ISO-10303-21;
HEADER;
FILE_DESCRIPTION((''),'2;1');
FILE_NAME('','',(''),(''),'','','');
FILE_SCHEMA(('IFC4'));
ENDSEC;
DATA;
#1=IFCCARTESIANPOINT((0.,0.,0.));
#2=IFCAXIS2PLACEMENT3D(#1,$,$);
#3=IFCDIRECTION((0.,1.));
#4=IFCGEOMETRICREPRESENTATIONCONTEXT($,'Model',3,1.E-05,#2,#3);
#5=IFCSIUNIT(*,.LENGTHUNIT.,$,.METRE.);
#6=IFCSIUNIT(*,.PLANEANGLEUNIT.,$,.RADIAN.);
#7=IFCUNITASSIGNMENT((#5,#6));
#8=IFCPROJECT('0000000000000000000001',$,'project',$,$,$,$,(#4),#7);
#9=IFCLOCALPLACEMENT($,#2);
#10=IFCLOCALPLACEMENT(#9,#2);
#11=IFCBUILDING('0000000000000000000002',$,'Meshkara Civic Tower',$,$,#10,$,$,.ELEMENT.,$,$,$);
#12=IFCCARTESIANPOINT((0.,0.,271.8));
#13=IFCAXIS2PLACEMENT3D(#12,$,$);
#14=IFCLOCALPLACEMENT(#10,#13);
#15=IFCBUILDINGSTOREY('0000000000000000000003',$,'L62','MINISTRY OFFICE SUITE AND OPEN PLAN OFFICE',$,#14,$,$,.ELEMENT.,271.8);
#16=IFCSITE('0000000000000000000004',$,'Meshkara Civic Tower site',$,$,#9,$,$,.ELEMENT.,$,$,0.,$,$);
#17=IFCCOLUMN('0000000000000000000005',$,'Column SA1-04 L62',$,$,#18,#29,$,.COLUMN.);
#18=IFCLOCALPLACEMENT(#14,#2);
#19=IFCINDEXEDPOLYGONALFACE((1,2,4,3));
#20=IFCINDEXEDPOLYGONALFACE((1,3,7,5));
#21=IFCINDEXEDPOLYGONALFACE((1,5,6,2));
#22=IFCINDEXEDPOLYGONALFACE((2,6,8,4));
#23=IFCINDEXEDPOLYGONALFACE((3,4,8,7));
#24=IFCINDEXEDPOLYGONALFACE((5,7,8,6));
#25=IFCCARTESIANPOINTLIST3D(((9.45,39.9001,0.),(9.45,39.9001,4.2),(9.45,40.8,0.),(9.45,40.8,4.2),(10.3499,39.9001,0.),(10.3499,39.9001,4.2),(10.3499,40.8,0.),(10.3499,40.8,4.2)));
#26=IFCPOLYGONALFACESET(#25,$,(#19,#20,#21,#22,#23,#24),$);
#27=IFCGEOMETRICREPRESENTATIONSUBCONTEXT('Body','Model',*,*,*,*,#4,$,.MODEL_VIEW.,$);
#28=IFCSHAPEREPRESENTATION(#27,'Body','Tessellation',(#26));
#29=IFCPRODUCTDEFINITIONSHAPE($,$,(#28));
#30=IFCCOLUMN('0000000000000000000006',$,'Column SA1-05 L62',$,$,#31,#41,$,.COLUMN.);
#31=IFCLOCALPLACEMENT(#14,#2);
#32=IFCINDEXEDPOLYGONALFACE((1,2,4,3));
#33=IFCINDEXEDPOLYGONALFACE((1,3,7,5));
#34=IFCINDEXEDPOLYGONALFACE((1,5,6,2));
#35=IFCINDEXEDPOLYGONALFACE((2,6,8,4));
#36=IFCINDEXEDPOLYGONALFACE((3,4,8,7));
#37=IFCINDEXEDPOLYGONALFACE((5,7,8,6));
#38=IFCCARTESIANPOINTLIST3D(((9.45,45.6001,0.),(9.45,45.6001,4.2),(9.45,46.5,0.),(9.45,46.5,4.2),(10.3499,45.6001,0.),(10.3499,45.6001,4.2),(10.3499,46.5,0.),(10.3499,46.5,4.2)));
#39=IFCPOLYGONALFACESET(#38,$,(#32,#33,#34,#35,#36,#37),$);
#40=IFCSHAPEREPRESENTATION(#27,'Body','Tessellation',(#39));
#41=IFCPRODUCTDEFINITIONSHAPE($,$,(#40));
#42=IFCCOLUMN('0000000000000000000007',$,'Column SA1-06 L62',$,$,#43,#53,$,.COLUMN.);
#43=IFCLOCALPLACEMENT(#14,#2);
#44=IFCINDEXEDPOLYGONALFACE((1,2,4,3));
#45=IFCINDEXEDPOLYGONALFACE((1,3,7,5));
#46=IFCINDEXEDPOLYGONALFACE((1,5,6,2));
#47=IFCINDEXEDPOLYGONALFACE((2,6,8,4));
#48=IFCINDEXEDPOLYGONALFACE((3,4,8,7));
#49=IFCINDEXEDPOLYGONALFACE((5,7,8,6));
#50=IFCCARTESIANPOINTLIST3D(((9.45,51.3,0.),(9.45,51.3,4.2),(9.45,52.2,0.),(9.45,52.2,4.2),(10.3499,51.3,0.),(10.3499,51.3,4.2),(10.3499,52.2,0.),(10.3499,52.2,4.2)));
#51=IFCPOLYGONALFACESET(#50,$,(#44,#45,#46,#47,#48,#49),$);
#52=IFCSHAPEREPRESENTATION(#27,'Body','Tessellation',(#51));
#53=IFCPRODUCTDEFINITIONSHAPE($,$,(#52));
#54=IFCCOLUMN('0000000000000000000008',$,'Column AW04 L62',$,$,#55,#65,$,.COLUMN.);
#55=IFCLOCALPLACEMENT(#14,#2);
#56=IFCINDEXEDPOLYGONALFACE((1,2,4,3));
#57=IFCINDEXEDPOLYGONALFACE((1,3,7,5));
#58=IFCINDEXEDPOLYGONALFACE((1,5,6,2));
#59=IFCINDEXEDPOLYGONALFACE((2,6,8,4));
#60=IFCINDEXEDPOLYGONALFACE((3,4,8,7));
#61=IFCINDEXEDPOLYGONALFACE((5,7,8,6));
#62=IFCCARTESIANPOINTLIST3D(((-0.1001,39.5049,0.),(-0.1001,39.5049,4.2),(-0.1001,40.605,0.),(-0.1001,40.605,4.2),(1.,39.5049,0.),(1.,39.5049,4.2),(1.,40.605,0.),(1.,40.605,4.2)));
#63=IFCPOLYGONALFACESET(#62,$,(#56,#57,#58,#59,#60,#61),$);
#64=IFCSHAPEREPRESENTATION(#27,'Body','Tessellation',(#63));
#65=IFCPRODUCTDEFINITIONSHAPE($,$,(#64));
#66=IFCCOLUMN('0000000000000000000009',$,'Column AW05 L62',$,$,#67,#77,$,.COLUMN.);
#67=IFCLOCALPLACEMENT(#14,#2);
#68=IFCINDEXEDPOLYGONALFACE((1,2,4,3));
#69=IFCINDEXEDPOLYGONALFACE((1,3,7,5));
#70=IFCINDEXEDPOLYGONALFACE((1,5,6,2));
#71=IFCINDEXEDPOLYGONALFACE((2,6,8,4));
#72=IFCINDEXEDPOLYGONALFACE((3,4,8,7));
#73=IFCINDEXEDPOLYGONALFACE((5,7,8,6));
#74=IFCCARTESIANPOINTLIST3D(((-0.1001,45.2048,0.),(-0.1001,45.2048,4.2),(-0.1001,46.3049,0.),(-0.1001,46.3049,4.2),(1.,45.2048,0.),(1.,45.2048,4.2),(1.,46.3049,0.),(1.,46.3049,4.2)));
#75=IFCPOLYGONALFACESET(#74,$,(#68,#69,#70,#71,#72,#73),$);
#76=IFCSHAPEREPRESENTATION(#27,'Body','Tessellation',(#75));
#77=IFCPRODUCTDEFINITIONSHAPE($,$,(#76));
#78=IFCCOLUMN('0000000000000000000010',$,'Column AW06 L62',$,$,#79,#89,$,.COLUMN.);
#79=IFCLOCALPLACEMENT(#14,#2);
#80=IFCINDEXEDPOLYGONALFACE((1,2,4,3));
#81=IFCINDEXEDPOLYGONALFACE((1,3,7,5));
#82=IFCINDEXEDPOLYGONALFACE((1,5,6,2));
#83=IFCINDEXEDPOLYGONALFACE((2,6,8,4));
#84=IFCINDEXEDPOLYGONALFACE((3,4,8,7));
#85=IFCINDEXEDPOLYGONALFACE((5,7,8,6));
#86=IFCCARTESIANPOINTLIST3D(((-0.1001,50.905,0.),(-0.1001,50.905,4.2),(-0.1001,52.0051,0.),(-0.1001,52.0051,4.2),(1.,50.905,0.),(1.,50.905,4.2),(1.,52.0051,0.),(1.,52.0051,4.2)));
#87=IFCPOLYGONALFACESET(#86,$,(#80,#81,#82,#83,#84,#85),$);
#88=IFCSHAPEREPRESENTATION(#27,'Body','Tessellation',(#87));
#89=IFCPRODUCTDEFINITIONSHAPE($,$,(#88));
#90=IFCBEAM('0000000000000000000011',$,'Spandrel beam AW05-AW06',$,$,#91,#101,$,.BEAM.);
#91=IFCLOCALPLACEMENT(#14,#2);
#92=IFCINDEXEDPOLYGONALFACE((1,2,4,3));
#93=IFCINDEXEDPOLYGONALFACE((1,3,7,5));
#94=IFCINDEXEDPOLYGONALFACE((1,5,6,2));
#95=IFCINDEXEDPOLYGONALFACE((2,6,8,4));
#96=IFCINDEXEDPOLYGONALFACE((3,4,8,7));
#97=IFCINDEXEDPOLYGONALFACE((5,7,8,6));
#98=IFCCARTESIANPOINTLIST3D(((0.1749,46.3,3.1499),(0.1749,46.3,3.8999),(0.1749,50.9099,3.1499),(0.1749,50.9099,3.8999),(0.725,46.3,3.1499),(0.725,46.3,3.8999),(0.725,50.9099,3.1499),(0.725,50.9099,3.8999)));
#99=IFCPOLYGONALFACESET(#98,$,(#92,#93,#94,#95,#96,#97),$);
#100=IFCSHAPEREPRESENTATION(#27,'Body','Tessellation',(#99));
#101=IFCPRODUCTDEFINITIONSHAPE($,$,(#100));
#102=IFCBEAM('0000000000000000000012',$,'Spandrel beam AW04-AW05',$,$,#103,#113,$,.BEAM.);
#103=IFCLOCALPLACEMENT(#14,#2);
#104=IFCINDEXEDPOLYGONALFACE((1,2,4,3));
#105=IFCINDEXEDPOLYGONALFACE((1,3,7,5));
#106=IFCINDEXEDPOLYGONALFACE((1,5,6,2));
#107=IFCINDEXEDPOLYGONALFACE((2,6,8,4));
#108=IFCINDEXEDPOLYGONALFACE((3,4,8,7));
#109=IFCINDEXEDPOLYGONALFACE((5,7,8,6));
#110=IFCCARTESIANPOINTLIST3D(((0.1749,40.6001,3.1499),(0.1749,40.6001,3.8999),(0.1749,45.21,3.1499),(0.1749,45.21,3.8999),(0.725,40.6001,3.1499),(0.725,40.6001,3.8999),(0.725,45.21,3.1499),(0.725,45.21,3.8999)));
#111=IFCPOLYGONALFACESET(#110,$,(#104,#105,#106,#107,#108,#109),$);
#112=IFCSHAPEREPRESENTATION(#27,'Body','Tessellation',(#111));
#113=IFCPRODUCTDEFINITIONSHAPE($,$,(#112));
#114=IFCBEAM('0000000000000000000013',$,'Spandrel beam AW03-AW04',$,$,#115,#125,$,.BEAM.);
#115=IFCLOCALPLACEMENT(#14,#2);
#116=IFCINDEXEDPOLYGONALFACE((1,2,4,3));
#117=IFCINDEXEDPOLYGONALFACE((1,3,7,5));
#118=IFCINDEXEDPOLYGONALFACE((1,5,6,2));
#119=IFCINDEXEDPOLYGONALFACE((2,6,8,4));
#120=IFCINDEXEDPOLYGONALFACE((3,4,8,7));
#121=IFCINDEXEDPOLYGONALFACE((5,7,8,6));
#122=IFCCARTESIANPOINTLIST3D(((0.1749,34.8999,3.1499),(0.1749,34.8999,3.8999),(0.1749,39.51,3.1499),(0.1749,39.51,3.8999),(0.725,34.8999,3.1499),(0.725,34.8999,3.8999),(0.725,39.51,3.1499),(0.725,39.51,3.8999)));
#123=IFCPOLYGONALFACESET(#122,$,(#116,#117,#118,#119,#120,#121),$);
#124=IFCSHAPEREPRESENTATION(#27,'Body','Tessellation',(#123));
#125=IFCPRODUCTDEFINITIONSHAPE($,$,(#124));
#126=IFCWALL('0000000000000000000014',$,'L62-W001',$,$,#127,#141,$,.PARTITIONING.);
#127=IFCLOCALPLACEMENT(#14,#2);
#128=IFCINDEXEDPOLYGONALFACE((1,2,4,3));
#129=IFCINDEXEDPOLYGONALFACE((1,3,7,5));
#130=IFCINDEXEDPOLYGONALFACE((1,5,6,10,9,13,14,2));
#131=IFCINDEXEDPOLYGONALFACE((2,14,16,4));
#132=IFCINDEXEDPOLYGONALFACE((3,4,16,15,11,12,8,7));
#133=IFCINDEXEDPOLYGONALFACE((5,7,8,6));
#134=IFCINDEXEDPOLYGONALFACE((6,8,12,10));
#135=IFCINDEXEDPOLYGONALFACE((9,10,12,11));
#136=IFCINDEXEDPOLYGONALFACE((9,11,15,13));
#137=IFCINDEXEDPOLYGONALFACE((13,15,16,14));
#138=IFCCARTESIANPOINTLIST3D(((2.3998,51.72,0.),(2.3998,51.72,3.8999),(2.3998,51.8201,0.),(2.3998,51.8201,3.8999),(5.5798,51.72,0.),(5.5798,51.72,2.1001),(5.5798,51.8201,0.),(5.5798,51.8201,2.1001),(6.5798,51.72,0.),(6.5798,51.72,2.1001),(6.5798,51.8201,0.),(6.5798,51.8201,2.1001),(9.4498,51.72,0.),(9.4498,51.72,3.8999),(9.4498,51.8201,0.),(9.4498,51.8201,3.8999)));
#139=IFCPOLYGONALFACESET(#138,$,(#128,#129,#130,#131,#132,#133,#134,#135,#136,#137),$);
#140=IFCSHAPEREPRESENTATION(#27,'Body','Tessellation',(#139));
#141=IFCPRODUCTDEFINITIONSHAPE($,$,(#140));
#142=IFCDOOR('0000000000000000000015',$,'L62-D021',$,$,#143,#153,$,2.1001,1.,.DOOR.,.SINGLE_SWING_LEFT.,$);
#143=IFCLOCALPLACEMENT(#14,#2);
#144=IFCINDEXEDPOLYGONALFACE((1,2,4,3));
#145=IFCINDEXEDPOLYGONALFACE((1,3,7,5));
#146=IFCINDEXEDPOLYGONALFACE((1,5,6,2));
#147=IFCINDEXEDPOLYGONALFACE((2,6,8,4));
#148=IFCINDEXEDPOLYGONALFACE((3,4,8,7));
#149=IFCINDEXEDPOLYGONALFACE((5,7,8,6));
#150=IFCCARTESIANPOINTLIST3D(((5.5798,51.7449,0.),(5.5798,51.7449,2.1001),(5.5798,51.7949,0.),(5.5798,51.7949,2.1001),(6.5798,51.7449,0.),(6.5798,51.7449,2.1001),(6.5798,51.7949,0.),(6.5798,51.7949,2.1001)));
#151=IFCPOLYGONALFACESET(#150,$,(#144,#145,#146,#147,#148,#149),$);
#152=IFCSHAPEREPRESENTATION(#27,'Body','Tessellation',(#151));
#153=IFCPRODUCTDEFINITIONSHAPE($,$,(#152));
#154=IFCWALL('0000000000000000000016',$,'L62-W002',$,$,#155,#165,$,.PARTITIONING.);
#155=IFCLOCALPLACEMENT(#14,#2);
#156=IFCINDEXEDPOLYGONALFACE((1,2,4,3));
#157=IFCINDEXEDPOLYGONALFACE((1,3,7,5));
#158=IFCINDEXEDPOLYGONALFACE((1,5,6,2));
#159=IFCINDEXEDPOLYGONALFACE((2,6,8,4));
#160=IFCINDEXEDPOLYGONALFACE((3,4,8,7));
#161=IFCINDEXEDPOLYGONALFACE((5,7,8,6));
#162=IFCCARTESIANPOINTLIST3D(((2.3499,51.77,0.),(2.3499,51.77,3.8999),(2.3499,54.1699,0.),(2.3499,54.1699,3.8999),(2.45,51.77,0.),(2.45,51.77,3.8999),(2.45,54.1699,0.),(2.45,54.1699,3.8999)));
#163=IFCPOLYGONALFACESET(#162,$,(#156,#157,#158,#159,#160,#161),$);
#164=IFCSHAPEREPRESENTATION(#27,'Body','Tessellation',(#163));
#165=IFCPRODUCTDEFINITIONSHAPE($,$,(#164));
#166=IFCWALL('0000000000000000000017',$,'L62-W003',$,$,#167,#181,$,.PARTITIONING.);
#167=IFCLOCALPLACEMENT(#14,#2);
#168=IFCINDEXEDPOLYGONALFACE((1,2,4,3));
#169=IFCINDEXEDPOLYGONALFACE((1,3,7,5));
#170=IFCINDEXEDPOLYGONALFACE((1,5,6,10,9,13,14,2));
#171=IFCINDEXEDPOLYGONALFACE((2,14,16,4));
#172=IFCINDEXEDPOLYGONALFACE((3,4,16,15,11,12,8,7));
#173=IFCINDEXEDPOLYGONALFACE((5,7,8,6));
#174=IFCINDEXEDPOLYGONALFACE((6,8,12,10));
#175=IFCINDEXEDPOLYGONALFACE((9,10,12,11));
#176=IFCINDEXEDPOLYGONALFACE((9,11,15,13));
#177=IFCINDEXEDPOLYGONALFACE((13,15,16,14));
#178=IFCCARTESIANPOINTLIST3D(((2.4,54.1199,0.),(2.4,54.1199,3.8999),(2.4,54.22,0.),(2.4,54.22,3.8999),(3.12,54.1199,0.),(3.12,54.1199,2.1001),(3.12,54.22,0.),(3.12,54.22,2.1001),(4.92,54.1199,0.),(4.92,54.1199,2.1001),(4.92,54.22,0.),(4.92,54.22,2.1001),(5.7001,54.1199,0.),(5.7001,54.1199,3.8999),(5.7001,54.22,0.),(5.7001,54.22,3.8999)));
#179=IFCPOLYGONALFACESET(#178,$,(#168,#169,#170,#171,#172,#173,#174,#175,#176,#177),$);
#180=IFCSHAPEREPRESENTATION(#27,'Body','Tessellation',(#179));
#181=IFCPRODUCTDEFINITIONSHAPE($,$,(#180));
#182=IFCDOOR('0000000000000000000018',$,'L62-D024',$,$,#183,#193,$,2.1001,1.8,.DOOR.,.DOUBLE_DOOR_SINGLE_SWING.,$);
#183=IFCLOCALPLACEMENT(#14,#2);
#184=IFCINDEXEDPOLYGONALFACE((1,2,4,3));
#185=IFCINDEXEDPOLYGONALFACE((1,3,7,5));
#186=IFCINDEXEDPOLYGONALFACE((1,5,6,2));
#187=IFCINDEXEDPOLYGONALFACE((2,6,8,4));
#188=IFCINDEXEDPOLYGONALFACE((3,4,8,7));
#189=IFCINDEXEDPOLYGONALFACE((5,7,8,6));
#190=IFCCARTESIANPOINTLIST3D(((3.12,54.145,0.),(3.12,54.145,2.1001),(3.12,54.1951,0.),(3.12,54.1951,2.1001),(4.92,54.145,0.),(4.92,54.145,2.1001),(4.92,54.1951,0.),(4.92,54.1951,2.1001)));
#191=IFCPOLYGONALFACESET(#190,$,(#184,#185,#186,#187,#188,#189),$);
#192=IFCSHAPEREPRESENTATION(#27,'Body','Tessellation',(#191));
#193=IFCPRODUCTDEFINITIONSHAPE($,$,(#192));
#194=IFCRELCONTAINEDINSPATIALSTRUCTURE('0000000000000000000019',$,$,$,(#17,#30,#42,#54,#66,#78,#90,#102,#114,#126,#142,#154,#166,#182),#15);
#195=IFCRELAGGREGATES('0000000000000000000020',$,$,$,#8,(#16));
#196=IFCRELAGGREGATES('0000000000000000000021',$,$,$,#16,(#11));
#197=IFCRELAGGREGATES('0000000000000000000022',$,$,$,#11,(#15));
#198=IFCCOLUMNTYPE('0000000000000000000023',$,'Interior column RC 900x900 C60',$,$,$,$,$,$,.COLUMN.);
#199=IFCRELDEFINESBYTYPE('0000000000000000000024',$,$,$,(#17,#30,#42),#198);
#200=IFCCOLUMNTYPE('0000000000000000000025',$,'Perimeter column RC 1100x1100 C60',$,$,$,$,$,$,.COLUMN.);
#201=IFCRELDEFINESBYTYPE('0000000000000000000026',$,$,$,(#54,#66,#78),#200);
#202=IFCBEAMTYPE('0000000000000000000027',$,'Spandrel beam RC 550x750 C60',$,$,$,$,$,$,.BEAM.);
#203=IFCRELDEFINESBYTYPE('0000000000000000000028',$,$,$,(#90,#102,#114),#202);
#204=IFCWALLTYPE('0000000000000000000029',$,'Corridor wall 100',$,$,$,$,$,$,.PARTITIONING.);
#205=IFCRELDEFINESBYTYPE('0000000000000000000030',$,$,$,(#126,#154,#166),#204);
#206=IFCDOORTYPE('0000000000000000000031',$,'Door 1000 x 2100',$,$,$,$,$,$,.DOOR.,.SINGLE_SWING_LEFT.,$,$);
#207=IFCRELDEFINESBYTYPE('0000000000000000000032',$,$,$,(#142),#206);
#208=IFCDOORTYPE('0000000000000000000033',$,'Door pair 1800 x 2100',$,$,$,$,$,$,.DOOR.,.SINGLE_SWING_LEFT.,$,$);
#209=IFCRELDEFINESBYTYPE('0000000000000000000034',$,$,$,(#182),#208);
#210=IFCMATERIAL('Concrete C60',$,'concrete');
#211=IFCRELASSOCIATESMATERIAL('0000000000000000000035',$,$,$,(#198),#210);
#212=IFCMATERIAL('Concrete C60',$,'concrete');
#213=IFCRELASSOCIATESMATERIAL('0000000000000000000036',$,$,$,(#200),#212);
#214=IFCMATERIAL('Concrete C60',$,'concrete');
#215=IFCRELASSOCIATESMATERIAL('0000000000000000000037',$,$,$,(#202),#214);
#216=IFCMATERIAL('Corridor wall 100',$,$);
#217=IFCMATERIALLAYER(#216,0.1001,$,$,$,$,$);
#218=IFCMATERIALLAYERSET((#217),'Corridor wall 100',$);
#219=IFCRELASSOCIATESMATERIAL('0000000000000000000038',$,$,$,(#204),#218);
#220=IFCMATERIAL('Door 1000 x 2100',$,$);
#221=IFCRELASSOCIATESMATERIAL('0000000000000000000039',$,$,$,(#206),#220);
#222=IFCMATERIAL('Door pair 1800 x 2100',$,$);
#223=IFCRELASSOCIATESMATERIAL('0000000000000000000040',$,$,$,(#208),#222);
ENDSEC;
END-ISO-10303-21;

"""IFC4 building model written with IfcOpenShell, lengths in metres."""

from ifc_helpers import new_model, si_unit, direction, frame, frame_2d, origin, origin_2d, place, context, subcontext, project, spatial, rectangle, extrude, material, layer, layer_set, material_profile, profile_set, type_object, element, fill, save


model = new_model("IFC4")

# Units and contexts
model_context = context("Model", 3, precision=1e-05, world=origin(), true_north=direction((0.0, 1.0)))
body_context = subcontext(model_context, "Body", "Model", "MODEL_VIEW")
ifc_project = project(units=[si_unit("LENGTHUNIT", "METRE"), si_unit("PLANEANGLEUNIT", "RADIAN")], contexts=[model_context])

# Site, building, storey
site_placement = place(None, origin())
site = spatial("IfcSite", under=ifc_project, at=site_placement, Name="Meshkara Civic Tower site", CompositionType="ELEMENT", RefElevation=0.0)
building_placement = place(site_placement, origin())
building = spatial("IfcBuilding", under=site, at=building_placement, Name="Meshkara Civic Tower", CompositionType="ELEMENT")
storey_placement = place(building_placement, frame((0.0, 0.0, 271.8)))
storey = spatial("IfcBuildingStorey", under=building, at=storey_placement, Name="L62", Description="MINISTRY OFFICE SUITE AND OPEN PLAN OFFICE", CompositionType="ELEMENT", Elevation=271.8)

# Columns
ifc_material_1 = material(Name="Concrete C60", Category="concrete")
ifc_material_profile_1 = material_profile(ifc_material_1, rectangle(XDim=0.8999, YDim=0.8999, at=origin_2d()))
ifc_profile_set_1 = profile_set([ifc_material_profile_1], Name="Concrete C60")
column_type_1 = type_object("IfcColumnType", Name="Interior column RC 900x900 C60", PredefinedType="COLUMN", material=ifc_profile_set_1)
for number, where, z_axis, x_axis, name in (
    (1, (9.8999, 40.3501, 0.0), (0.0, 0.0, 1.0), (1.0, 0.0, 0.0), "Column SA1-04 L62"),
    (2, (9.8999, 46.05, 0.0), (0.0, 0.0, 1.0), (1.0, 0.0, 0.0), "Column SA1-05 L62"),
    (3, (9.8999, 51.75, 0.0), (0.0, 0.0, 1.0), (1.0, 0.0, 0.0), "Column SA1-06 L62"),
):
    element("IfcColumn", number, at=place(storey_placement, frame(where, z_axis=z_axis, x_axis=x_axis)), inside=storey, type_object=column_type_1, Name=name, PredefinedType="COLUMN", context=body_context, shape_type="SweptSolid", body=[
        extrude(rectangle(XDim=0.8999, YDim=0.8999, at=origin_2d()), origin(), (0.0, 0.0, 1.0), 4.2),
    ])
ifc_material_2 = material(Name="Concrete C60", Category="concrete")
ifc_material_profile_2 = material_profile(ifc_material_2, rectangle(XDim=1.1001, YDim=1.1001, at=origin_2d()))
ifc_profile_set_2 = profile_set([ifc_material_profile_2], Name="Concrete C60")
column_type_2 = type_object("IfcColumnType", Name="Perimeter column RC 1100x1100 C60", PredefinedType="COLUMN", material=ifc_profile_set_2)
for number, where, z_axis, x_axis, name in (
    (4, (0.45, 40.0549, 0.0), (0.0, 0.0, 1.0), (1.0, 0.0, 0.0), "Column AW04 L62"),
    (5, (0.45, 45.7549, 0.0), (0.0, 0.0, 1.0), (1.0, 0.0, 0.0), "Column AW05 L62"),
    (6, (0.45, 51.4551, 0.0), (0.0, 0.0, 1.0), (1.0, 0.0, 0.0), "Column AW06 L62"),
):
    element("IfcColumn", number, at=place(storey_placement, frame(where, z_axis=z_axis, x_axis=x_axis)), inside=storey, type_object=column_type_2, Name=name, PredefinedType="COLUMN", context=body_context, shape_type="SweptSolid", body=[
        extrude(rectangle(XDim=1.1001, YDim=1.1001, at=origin_2d()), origin(), (0.0, 0.0, 1.0), 4.2),
    ])

# Beams
ifc_material_3 = material(Name="Concrete C60", Category="concrete")
ifc_material_profile_3 = material_profile(ifc_material_3, rectangle(XDim=0.55, YDim=0.75, at=origin_2d()))
ifc_profile_set_3 = profile_set([ifc_material_profile_3], Name="Concrete C60")
beam_type = type_object("IfcBeamType", Name="Spandrel beam RC 550x750 C60", PredefinedType="BEAM", material=ifc_profile_set_3)
for number, where, z_axis, x_axis, name in (
    (7, (0.45, 50.9099, 3.5249), (0.0, -1.0, 0.0), (1.0, 0.0, 0.0), "Spandrel beam AW05-AW06"),
    (8, (0.45, 45.21, 3.5249), (0.0, -1.0, 0.0), (1.0, 0.0, 0.0), "Spandrel beam AW04-AW05"),
):
    element("IfcBeam", number, at=place(storey_placement, frame(where, z_axis=z_axis, x_axis=x_axis)), inside=storey, type_object=beam_type, Name=name, PredefinedType="BEAM", context=body_context, shape_type="SweptSolid", body=[
        extrude(rectangle(XDim=0.55, YDim=0.75, at=origin_2d()), origin(), (0.0, 0.0, 1.0), 4.6099),
    ])
beam_placement = place(storey_placement, frame((0.45, 39.51, 3.5249), z_axis=(0.0, -1.0, 0.0), x_axis=(1.0, 0.0, 0.0)))
element("IfcBeam", 9, at=beam_placement, inside=storey, type_object=beam_type, Name="Spandrel beam AW03-AW04", PredefinedType="BEAM", context=body_context, shape_type="SweptSolid", body=[
    extrude(rectangle(XDim=0.55, YDim=0.75, at=origin_2d()), origin(), (0.0, 0.0, 1.0), 4.6101),
])

# Wall, opening, door
ifc_material_4 = material(Name="Corridor wall 100")
ifc_layer_1 = layer(ifc_material_4, 0.1001)
ifc_layer_set_1 = layer_set([ifc_layer_1], Name="Corridor wall 100")
wall_type_1 = type_object("IfcWallType", Name="Corridor wall 100", PredefinedType="PARTITIONING", material=ifc_layer_set_1)
wall_1_placement = place(storey_placement, frame((2.3999, 51.77, 0.0), z_axis=(0.0, 0.0, 1.0), x_axis=(1.0, 0.0, 0.0)))
wall_1 = element("IfcWall", 10, at=wall_1_placement, inside=storey, type_object=wall_type_1, Name="L62-W001", PredefinedType="PARTITIONING", context=body_context, shape_type="SweptSolid", body=[
    extrude(rectangle(XDim=7.05, YDim=0.1001, at=frame_2d((3.5249, 0.0))), origin(), (0.0, 0.0, 1.0), 3.8999),
])
opening_1_placement = place(wall_1_placement, frame((3.1799, 0.0, 0.0)))
opening_1 = element("IfcOpeningElement", 11, at=opening_1_placement, cuts=wall_1, PredefinedType="OPENING", context=body_context, shape_type="SweptSolid", body=[
    extrude(rectangle(XDim=1.0, YDim=2.1001, at=frame_2d((0.5, 1.05))), frame((0.0, 0.0601, 0.0), z_axis=(0.0, -1.0, 0.0), x_axis=(1.0, 0.0, 0.0)), (0.0, 0.0, 1.0), 0.1201),
])
ifc_material_5 = material(Name="Door 1000 x 2100")
door_type_1 = type_object("IfcDoorType", Name="Door 1000 x 2100", OperationType="SINGLE_SWING_LEFT", PredefinedType="DOOR", material=ifc_material_5)
door_1_placement = place(opening_1_placement, origin())
door_1 = element("IfcDoor", 12, at=door_1_placement, inside=storey, type_object=door_type_1, Name="L62-D021", OperationType="SINGLE_SWING_LEFT", OverallHeight=2.1001, OverallWidth=1.0, PredefinedType="DOOR", context=body_context, shape_type="SweptSolid", body=[
    extrude(rectangle(XDim=1.0, YDim=2.1001, at=frame_2d((0.5, 1.05))), frame((0.0, 0.0249, 0.0), z_axis=(0.0, -1.0, 0.0), x_axis=(1.0, 0.0, 0.0)), (0.0, 0.0, 1.0), 0.05),
])
fill(opening_1, door_1)

# Wall
wall_2_placement = place(storey_placement, frame((2.3999, 54.1699, 0.0), z_axis=(0.0, 0.0, 1.0), x_axis=(0.0, -1.0, 0.0)))
element("IfcWall", 13, at=wall_2_placement, inside=storey, type_object=wall_type_1, Name="L62-W002", PredefinedType="PARTITIONING", context=body_context, shape_type="SweptSolid", body=[
    extrude(rectangle(XDim=2.3999, YDim=0.1001, at=frame_2d((1.2, 0.0))), origin(), (0.0, 0.0, 1.0), 3.8999),
])

# Wall, opening, door
wall_3_placement = place(storey_placement, frame((5.7, 54.1699, 0.0), z_axis=(0.0, 0.0, 1.0), x_axis=(-1.0, 0.0, 0.0)))
wall_3 = element("IfcWall", 14, at=wall_3_placement, inside=storey, type_object=wall_type_1, Name="L62-W003", PredefinedType="PARTITIONING", context=body_context, shape_type="SweptSolid", body=[
    extrude(rectangle(XDim=3.3, YDim=0.1001, at=frame_2d((1.6499, 0.0))), origin(), (0.0, 0.0, 1.0), 3.8999),
])
opening_2_placement = place(wall_3_placement, frame((0.78, 0.0, 0.0)))
opening_2 = element("IfcOpeningElement", 15, at=opening_2_placement, cuts=wall_3, PredefinedType="OPENING", context=body_context, shape_type="SweptSolid", body=[
    extrude(rectangle(XDim=1.8, YDim=2.1001, at=frame_2d((0.8999, 1.05))), frame((0.0, 0.0601, 0.0), z_axis=(0.0, -1.0, 0.0), x_axis=(1.0, 0.0, 0.0)), (0.0, 0.0, 1.0), 0.1201),
])
ifc_material_6 = material(Name="Door pair 1800 x 2100")
door_type_2 = type_object("IfcDoorType", Name="Door pair 1800 x 2100", OperationType="SINGLE_SWING_LEFT", PredefinedType="DOOR", material=ifc_material_6)
door_2_placement = place(opening_2_placement, origin())
door_2 = element("IfcDoor", 16, at=door_2_placement, inside=storey, type_object=door_type_2, Name="L62-D024", OperationType="DOUBLE_DOOR_SINGLE_SWING", OverallHeight=2.1001, OverallWidth=1.8, PredefinedType="DOOR", context=body_context, shape_type="SweptSolid", body=[
    extrude(rectangle(XDim=1.8, YDim=2.1001, at=frame_2d((0.8999, 1.05))), frame((0.0, 0.0249, 0.0), z_axis=(0.0, -1.0, 0.0), x_axis=(1.0, 0.0, 0.0)), (0.0, 0.0, 1.0), 0.05),
])
fill(opening_2, door_2)

save(model, "model.ifc")
